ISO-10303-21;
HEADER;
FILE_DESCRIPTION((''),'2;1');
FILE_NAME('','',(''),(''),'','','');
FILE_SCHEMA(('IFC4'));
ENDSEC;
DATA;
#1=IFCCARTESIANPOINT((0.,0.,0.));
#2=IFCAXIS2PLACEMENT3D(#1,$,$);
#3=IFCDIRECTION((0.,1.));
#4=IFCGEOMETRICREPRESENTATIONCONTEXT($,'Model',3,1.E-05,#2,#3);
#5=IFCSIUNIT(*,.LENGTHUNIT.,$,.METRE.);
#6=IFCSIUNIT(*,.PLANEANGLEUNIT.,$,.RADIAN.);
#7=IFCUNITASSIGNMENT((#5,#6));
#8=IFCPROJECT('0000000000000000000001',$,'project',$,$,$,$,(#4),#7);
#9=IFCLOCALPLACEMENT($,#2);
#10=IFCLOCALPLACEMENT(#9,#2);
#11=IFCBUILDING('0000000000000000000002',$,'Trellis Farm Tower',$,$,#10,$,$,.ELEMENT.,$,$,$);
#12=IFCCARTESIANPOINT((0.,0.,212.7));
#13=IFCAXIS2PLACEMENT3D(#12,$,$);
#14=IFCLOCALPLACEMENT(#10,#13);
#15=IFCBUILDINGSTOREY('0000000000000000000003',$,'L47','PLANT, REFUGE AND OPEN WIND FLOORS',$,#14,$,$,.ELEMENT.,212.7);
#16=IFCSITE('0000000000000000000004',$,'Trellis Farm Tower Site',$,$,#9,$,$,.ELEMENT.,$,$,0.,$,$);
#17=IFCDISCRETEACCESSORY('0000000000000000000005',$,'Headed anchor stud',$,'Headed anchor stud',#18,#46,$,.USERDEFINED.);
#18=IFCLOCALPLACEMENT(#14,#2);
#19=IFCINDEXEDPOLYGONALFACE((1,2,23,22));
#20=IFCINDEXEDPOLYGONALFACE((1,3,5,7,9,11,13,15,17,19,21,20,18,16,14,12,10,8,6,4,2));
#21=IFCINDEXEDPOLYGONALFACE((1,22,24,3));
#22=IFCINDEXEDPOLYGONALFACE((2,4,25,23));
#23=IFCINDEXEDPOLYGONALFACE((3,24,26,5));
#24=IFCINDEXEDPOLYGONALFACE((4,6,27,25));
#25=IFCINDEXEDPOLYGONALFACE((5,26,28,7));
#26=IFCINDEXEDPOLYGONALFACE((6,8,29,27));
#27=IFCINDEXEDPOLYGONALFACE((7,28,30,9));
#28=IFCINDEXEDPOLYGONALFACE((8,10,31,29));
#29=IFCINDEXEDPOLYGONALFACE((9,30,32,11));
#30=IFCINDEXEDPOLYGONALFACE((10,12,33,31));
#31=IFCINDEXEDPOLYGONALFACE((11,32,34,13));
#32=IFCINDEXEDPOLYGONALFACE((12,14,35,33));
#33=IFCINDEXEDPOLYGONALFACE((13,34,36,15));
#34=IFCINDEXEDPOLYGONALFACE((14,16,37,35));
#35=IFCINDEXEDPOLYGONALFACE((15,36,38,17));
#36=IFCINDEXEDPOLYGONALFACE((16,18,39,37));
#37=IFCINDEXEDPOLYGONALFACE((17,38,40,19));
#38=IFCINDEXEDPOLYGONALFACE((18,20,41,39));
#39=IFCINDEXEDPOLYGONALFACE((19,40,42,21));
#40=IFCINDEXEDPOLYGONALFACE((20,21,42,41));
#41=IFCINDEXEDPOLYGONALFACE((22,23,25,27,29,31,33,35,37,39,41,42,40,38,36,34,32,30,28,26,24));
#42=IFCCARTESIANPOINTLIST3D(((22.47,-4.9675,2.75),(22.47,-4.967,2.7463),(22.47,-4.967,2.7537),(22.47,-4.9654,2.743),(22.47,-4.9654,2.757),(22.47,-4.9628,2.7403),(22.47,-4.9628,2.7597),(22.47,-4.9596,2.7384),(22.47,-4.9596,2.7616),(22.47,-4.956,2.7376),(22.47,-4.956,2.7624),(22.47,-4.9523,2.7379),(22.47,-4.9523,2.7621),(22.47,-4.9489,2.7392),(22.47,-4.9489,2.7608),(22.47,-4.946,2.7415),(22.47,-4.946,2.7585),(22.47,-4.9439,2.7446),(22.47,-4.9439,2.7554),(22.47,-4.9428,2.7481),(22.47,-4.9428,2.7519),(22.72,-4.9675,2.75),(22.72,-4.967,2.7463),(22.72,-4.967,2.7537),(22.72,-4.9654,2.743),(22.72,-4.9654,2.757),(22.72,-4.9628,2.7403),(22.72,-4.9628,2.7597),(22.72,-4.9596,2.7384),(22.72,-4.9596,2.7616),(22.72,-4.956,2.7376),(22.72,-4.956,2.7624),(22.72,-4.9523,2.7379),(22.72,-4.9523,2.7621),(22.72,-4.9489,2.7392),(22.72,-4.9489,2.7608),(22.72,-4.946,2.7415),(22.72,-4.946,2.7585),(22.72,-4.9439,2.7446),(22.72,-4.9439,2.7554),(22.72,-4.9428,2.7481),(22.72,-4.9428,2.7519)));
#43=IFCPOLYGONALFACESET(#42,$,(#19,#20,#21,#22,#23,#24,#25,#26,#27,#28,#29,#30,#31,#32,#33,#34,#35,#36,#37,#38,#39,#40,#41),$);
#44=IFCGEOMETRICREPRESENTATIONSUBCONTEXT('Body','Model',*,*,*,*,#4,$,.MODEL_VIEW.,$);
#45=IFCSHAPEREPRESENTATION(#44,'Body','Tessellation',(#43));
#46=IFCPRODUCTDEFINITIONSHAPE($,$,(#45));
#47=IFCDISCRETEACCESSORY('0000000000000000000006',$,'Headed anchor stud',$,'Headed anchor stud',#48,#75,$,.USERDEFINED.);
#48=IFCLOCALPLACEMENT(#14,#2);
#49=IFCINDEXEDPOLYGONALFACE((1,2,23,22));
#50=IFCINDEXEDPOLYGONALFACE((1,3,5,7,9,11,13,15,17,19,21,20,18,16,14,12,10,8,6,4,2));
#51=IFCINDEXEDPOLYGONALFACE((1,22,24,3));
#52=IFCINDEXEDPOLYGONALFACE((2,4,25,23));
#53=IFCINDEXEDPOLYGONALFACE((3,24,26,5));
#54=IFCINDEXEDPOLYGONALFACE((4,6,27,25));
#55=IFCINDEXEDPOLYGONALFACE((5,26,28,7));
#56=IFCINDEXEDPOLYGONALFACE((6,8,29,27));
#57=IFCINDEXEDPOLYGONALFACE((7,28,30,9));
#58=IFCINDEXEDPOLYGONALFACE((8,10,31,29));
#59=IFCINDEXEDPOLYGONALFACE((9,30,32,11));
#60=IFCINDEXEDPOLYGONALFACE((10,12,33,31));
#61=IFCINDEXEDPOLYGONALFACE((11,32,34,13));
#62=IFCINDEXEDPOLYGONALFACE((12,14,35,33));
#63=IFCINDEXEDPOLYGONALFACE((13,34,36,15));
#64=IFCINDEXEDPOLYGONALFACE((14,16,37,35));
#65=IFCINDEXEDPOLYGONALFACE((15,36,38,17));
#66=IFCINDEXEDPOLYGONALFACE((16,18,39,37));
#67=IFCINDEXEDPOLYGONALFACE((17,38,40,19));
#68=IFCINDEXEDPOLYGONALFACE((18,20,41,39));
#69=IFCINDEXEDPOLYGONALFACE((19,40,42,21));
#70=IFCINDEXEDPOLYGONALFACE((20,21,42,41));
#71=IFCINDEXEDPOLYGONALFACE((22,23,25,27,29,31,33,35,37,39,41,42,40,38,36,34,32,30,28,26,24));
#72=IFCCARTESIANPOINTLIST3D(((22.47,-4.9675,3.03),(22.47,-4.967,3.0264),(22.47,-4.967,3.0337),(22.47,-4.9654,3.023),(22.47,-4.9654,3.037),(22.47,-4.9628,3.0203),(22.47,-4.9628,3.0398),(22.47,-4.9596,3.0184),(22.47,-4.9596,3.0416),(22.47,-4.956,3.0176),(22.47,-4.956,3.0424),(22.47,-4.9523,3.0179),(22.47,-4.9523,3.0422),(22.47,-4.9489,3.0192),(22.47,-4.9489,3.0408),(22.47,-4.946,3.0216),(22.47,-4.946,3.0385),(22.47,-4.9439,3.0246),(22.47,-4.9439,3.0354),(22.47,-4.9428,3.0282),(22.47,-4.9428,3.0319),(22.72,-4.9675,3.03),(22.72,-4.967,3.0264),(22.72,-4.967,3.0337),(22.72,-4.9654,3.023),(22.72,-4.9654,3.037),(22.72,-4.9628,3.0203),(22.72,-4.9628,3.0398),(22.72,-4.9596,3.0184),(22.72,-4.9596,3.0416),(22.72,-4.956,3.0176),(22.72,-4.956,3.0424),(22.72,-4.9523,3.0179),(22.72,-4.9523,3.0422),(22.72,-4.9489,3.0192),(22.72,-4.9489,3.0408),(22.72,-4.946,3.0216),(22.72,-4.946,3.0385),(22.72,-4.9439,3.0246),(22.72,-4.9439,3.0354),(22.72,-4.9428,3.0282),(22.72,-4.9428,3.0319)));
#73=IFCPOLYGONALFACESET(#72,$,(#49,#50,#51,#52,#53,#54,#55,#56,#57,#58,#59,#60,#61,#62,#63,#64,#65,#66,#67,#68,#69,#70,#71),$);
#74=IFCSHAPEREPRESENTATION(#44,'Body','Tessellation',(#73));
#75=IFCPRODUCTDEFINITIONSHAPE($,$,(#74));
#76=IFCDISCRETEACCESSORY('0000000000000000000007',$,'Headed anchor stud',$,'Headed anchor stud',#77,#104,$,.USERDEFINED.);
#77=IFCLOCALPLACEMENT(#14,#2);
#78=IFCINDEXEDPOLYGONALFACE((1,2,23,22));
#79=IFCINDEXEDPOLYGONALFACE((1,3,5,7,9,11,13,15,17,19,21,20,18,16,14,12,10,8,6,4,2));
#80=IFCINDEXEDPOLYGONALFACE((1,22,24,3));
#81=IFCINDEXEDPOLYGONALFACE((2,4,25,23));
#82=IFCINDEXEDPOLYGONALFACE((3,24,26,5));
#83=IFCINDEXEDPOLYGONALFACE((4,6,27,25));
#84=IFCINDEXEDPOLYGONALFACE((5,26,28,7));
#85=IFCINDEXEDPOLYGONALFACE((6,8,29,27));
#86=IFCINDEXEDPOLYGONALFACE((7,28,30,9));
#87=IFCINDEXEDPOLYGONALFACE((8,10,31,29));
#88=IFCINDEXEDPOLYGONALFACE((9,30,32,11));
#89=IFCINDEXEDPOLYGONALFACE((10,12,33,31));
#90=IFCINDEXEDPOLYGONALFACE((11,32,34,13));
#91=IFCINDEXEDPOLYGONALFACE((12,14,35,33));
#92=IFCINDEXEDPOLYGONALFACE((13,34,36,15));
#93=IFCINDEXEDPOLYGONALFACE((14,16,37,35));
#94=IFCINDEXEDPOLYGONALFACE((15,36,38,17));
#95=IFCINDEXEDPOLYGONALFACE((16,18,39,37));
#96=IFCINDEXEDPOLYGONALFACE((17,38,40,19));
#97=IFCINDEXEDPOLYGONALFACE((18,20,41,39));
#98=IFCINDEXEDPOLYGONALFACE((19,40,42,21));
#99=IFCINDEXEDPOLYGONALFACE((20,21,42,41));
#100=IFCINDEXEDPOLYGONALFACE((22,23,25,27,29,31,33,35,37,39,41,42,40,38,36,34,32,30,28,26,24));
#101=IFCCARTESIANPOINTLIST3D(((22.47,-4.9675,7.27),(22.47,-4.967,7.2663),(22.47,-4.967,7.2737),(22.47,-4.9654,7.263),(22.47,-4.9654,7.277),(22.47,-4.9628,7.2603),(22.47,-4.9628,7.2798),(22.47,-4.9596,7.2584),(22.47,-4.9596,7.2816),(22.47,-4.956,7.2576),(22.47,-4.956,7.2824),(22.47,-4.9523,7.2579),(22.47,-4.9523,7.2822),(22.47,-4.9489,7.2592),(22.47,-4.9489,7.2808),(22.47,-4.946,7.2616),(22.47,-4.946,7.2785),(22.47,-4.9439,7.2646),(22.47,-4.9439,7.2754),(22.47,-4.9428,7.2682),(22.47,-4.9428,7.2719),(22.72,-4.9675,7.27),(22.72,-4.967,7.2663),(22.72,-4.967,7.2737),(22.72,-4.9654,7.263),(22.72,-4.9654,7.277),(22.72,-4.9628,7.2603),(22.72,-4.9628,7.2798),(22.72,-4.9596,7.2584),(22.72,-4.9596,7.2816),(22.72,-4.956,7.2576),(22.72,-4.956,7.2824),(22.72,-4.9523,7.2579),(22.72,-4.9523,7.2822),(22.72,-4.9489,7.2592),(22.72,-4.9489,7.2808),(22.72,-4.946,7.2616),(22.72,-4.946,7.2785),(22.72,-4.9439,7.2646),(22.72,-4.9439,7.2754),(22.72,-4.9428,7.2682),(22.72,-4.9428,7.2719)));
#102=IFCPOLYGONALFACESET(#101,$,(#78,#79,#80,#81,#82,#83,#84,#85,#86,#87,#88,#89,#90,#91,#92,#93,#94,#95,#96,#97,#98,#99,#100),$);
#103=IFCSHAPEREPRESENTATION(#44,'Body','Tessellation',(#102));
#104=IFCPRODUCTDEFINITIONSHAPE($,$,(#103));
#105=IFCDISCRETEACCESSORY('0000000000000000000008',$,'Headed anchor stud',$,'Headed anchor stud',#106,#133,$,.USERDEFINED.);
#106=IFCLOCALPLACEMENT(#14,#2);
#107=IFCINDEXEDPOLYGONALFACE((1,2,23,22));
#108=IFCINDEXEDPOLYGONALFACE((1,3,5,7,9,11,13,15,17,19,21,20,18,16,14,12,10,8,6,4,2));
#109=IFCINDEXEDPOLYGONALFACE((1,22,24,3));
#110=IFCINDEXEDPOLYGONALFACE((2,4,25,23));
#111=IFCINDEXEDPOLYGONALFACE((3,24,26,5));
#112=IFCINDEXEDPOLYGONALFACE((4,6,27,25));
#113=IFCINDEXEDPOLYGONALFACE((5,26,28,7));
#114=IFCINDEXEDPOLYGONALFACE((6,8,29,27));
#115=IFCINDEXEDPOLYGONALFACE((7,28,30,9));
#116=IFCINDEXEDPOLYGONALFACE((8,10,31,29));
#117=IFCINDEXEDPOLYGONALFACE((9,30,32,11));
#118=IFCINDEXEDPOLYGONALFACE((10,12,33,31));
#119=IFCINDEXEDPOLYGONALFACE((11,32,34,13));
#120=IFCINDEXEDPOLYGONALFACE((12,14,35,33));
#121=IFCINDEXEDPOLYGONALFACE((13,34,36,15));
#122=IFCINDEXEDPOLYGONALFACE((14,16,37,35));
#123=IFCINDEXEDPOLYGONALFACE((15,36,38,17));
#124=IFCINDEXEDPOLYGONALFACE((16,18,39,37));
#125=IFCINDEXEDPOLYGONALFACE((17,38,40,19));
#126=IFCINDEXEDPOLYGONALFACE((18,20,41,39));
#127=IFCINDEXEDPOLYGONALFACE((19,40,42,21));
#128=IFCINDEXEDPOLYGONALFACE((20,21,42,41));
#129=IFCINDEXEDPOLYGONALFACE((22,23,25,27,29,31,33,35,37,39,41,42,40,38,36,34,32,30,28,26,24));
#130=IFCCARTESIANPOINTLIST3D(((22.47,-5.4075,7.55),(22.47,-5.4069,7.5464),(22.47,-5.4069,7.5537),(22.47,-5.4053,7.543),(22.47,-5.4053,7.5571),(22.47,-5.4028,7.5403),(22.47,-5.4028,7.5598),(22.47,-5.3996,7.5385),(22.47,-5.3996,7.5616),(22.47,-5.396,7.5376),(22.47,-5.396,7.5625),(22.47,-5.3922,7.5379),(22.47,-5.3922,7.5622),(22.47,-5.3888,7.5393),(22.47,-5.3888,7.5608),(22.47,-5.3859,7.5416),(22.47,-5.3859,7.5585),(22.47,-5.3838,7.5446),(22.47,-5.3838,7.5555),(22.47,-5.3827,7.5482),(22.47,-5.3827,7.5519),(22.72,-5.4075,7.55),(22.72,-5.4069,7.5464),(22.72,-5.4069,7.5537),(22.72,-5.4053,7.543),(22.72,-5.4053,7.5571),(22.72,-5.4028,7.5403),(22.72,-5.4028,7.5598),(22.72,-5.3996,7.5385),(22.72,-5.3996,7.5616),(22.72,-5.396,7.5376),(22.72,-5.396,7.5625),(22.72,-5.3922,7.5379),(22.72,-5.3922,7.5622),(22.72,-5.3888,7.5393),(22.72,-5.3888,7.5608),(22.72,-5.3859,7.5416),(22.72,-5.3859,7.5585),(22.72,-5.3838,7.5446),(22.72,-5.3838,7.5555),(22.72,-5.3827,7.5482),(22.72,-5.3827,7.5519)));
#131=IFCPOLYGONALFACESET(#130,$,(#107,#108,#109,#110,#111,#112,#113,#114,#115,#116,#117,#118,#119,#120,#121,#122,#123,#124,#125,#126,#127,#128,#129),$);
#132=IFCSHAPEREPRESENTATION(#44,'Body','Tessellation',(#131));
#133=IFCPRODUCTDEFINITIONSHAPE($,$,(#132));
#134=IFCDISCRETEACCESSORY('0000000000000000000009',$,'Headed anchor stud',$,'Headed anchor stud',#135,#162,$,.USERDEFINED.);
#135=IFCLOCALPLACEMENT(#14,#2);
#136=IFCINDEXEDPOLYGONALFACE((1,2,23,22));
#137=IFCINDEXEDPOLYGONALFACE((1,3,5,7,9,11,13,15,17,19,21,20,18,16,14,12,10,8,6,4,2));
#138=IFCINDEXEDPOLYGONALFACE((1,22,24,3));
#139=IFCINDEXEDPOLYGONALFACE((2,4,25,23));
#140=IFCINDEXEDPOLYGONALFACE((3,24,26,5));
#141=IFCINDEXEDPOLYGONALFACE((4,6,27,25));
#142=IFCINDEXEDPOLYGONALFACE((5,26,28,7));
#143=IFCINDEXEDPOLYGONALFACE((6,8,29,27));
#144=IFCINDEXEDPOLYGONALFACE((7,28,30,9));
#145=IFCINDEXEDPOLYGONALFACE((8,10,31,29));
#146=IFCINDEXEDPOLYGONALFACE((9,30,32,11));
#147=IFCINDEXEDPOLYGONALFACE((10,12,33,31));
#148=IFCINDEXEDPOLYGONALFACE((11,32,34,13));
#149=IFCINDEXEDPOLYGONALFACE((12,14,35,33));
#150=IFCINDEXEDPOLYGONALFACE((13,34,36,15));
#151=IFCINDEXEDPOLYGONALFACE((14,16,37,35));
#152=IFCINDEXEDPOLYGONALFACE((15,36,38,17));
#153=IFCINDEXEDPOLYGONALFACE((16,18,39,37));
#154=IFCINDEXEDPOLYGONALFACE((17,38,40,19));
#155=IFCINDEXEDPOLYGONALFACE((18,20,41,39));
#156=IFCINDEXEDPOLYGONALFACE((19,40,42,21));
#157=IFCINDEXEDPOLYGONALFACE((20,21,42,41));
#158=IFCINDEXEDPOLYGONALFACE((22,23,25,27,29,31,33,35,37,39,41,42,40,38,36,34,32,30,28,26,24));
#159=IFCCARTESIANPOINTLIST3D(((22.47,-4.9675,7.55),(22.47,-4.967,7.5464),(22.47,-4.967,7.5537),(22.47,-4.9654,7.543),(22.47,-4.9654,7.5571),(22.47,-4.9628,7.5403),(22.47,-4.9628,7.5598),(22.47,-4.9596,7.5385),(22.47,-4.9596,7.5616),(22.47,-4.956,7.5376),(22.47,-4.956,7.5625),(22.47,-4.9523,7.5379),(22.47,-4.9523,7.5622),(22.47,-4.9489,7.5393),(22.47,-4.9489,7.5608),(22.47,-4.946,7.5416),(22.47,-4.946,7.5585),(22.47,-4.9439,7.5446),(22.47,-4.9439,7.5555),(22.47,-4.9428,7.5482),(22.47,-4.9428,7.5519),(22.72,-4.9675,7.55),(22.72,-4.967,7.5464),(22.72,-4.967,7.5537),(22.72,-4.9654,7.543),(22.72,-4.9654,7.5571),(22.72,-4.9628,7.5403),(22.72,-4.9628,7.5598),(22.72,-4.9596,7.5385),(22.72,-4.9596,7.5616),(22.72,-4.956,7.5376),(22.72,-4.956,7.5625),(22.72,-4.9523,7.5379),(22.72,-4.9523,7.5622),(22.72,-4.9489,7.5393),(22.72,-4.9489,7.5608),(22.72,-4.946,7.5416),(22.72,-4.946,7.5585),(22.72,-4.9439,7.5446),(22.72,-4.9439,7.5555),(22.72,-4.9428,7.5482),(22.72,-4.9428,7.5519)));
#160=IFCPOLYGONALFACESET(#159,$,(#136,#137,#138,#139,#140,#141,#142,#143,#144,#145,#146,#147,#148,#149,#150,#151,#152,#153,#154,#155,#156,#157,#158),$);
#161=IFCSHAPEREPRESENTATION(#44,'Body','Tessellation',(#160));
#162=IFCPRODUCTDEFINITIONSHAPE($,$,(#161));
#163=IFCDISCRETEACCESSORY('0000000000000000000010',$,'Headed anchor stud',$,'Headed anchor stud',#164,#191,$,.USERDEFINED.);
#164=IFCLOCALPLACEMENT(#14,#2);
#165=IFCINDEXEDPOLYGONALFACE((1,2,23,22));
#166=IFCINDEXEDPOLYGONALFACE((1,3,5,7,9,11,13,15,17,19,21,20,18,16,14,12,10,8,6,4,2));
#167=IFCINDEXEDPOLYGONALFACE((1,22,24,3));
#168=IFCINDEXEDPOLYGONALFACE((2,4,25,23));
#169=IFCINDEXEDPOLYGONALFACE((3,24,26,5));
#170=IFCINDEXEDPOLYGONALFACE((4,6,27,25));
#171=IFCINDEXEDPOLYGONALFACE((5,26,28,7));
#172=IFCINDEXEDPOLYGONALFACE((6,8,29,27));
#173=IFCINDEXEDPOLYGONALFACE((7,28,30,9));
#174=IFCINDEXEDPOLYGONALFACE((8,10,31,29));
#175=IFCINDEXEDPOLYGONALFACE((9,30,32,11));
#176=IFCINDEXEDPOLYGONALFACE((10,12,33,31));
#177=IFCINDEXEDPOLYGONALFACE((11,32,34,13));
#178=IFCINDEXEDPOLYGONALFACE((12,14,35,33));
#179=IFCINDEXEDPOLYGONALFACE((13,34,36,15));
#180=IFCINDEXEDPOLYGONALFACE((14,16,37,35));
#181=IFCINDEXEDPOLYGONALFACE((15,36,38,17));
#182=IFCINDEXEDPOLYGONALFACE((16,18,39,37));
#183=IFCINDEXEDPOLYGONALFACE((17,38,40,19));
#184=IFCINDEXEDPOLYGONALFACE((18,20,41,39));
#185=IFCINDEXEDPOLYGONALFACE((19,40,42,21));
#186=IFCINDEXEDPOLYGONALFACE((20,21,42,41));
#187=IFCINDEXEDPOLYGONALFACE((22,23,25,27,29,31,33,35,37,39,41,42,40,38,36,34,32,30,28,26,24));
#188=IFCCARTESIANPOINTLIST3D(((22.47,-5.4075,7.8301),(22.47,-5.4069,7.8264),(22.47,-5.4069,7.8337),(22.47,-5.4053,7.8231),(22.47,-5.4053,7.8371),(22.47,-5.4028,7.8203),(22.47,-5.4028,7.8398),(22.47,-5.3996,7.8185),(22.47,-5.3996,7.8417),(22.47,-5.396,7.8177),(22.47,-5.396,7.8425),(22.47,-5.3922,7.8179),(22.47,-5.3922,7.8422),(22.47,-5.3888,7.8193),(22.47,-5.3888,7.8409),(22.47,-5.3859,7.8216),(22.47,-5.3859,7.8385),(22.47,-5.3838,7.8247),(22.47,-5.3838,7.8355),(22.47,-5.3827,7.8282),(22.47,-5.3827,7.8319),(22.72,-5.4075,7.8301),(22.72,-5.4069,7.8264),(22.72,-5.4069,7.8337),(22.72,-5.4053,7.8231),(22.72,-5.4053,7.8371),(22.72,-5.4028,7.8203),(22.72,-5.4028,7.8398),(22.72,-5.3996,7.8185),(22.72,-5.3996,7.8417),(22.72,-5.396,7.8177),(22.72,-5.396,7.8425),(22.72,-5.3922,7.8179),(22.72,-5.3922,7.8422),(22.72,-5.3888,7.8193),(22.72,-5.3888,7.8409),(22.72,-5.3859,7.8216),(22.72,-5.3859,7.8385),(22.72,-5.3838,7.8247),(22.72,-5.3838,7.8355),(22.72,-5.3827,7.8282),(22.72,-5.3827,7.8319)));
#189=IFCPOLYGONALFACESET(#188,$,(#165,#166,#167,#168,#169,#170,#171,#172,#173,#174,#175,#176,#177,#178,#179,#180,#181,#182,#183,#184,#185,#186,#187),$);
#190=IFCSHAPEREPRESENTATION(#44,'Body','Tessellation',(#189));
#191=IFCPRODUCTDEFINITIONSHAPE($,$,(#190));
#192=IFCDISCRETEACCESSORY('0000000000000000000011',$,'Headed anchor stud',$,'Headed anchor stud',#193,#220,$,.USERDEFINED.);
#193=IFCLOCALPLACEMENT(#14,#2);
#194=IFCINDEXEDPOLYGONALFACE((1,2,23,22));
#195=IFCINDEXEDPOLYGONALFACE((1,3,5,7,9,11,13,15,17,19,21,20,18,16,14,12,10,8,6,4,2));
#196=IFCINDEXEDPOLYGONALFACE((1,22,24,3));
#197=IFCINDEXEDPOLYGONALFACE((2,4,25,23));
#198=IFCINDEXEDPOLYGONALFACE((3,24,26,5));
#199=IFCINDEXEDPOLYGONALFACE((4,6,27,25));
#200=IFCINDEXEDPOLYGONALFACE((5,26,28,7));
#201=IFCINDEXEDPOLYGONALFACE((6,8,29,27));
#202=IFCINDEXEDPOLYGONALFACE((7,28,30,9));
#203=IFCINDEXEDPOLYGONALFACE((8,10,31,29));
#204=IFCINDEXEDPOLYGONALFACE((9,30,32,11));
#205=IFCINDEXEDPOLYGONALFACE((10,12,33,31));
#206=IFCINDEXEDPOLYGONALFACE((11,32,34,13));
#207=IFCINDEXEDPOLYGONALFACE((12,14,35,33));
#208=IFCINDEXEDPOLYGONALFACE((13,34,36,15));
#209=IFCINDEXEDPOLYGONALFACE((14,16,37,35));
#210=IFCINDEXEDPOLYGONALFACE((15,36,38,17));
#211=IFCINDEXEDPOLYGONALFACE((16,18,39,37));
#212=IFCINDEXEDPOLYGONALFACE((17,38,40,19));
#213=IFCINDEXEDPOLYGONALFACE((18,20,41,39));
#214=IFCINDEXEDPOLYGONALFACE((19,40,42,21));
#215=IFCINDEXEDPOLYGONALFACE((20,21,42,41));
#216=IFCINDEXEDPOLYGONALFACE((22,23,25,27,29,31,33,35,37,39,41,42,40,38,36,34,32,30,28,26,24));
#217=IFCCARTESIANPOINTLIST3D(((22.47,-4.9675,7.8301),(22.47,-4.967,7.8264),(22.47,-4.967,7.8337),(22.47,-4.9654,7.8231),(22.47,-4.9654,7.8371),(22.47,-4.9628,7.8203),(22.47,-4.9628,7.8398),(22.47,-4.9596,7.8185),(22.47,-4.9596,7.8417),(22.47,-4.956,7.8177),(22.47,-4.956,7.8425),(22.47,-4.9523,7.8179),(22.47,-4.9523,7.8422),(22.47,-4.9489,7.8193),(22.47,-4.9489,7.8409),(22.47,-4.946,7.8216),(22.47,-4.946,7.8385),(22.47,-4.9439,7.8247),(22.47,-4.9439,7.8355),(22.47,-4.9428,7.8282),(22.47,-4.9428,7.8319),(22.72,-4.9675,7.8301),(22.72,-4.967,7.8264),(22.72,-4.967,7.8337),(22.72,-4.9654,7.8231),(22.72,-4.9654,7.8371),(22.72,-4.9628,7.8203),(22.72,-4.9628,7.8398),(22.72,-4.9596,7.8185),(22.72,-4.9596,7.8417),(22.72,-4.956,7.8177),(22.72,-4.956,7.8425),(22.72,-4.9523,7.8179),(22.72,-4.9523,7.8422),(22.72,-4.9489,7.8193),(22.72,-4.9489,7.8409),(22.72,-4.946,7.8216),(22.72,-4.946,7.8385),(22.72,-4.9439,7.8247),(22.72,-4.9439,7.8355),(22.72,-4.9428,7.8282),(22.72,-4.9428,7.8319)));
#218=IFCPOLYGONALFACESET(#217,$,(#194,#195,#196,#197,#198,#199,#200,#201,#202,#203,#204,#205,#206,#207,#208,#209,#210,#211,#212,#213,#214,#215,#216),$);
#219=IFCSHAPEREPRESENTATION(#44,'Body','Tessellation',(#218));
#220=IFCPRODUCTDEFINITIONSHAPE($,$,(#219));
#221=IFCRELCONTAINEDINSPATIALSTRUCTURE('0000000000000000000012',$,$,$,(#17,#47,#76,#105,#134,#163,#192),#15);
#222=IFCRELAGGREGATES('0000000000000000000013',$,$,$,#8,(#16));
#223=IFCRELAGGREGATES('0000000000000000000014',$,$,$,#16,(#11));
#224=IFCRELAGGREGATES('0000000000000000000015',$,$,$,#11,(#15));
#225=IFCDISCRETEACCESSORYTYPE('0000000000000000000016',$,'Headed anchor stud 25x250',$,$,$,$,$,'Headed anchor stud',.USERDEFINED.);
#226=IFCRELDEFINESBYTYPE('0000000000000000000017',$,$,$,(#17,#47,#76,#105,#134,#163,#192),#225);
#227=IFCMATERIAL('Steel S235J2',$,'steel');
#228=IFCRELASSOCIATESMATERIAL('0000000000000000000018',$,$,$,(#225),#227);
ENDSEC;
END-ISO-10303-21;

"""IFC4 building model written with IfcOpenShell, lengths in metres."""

from ifc_helpers import new_model, si_unit, direction, frame, origin, origin_2d, place, context, subcontext, project, spatial, circle, extrude, source, transform, mapped, material, material_profile, profile_set, type_object, element, save


model = new_model("IFC4")

# Units and contexts
model_context = context("Model", 3, precision=1e-05, world=origin(), true_north=direction((0.0, 1.0)))
body_context = subcontext(model_context, "Body", "Model", "MODEL_VIEW")
ifc_project = project(units=[si_unit("LENGTHUNIT", "METRE"), si_unit("PLANEANGLEUNIT", "RADIAN")], contexts=[model_context])

# Site, building, storey
site_placement = place(None, origin())
site = spatial("IfcSite", under=ifc_project, at=site_placement, Name="Trellis Farm Tower Site", CompositionType="ELEMENT", RefElevation=0.0)
building_placement = place(site_placement, origin())
building = spatial("IfcBuilding", under=site, at=building_placement, Name="Trellis Farm Tower", CompositionType="ELEMENT")
storey_placement = place(building_placement, frame((0.0, 0.0, 212.7)))
storey = spatial("IfcBuildingStorey", under=building, at=storey_placement, Name="L47", Description="PLANT, REFUGE AND OPEN WIND FLOORS", CompositionType="ELEMENT", Elevation=212.7)

# Discrete accessories
ifc_material_1 = material(Name="Steel S235J2", Category="steel")
ifc_material_profile_1 = material_profile(ifc_material_1, circle(Radius=0.0125, at=origin_2d()), Name="Headed anchor stud 25x250")
ifc_profile_set_1 = profile_set([ifc_material_profile_1], Name="Steel S235J2")
discrete_accessory_type = type_object("IfcDiscreteAccessoryType", Name="Headed anchor stud 25x250", ElementType="Headed anchor stud", PredefinedType="USERDEFINED", material=ifc_profile_set_1)
shared_shape_1 = source(origin(), body_context, "Body", "SweptSolid", [
    extrude(circle(Radius=0.0125, at=origin_2d()), origin(), (0.0, 0.0, 1.0), 0.25),
])
for number, where, z_axis, x_axis, name in (
    (1, (22.72, -4.9551, 2.75), (-1.0, 0.0, 0.0), (0.0, -1.0, 0.0), "Headed anchor stud"),
    (2, (22.72, -4.9551, 3.03), (-1.0, 0.0, 0.0), (0.0, -1.0, 0.0), "Headed anchor stud"),
    (3, (22.72, -4.9551, 7.27), (-1.0, 0.0, 0.0), (0.0, -1.0, 0.0), "Headed anchor stud"),
    (4, (22.72, -5.395, 7.55), (-1.0, 0.0, 0.0), (0.0, -1.0, 0.0), "Headed anchor stud"),
    (5, (22.72, -4.9551, 7.55), (-1.0, 0.0, 0.0), (0.0, -1.0, 0.0), "Headed anchor stud"),
    (6, (22.72, -5.395, 7.8301), (-1.0, 0.0, 0.0), (0.0, -1.0, 0.0), "Headed anchor stud"),
    (7, (22.72, -4.9551, 7.8301), (-1.0, 0.0, 0.0), (0.0, -1.0, 0.0), "Headed anchor stud"),
):
    element("IfcDiscreteAccessory", number, at=place(storey_placement, frame(where, z_axis=z_axis, x_axis=x_axis)), inside=storey, type_object=discrete_accessory_type, Name=name, ObjectType="Headed anchor stud", PredefinedType="USERDEFINED", context=body_context, shape_type="MappedRepresentation", body=[
        mapped(shared_shape_1, transform((0.0, 0.0, 0.0))),
    ])

save(model, "model.ifc")
